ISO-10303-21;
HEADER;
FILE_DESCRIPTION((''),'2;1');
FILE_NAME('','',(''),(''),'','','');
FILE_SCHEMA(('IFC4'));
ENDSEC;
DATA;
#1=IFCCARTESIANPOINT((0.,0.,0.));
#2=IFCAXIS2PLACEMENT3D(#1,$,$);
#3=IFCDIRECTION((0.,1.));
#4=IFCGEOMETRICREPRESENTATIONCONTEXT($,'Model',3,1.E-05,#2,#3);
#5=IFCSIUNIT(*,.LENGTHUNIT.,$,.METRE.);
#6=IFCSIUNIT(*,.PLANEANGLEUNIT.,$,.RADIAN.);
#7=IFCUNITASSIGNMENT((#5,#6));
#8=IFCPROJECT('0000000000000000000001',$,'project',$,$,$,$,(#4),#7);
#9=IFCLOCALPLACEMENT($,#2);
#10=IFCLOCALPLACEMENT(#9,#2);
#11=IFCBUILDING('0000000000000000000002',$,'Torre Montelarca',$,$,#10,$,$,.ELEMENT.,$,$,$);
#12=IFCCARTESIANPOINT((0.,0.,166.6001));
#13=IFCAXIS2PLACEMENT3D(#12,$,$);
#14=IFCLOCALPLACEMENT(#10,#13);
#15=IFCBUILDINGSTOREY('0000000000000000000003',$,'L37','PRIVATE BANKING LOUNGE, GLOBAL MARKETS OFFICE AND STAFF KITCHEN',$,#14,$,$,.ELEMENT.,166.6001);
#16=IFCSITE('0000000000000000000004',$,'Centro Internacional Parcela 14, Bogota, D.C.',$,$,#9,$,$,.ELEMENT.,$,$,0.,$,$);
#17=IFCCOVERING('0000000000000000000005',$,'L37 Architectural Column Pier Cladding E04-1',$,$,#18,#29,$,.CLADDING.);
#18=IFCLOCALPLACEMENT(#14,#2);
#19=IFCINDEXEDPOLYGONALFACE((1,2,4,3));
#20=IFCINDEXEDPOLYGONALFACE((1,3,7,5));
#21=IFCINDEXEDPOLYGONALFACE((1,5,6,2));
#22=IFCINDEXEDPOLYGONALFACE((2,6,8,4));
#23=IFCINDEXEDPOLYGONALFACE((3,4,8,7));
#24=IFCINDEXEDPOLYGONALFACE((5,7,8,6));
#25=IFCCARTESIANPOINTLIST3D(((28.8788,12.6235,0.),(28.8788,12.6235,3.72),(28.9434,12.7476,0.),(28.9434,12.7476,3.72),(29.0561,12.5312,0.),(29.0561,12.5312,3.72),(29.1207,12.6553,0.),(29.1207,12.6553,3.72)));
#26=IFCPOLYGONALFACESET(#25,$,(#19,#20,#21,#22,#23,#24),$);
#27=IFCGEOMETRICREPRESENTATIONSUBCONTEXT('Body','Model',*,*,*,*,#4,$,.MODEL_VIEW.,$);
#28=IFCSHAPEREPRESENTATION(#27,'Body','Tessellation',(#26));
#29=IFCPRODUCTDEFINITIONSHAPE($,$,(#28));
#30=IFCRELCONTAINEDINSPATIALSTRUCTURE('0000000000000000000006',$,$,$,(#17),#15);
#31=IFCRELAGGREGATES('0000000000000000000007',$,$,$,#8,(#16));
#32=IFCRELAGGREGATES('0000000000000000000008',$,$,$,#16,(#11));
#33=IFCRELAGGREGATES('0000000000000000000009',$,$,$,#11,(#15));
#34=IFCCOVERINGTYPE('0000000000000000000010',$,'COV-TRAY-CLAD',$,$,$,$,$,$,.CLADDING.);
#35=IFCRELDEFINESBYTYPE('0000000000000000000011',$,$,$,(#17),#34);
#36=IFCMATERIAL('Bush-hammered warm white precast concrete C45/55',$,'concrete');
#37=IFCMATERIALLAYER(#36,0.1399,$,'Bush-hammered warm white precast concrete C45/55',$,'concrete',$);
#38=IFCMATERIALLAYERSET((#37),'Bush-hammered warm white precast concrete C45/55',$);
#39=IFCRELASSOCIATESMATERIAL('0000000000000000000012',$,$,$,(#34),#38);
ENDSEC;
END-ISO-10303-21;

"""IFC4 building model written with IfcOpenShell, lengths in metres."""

from ifc_helpers import new_model, si_unit, direction, frame, origin, origin_2d, place, context, subcontext, project, spatial, rectangle, extrude, source, transform, mapped, material, layer, layer_set, type_object, element, save


model = new_model("IFC4")

# Units and contexts
model_context = context("Model", 3, precision=1e-05, world=origin(), true_north=direction((0.0, 1.0)))
body_context = subcontext(model_context, "Body", "Model", "MODEL_VIEW")
ifc_project = project(units=[si_unit("LENGTHUNIT", "METRE"), si_unit("PLANEANGLEUNIT", "RADIAN")], contexts=[model_context])

# Site, building, storey
site_placement = place(None, origin())
site = spatial("IfcSite", under=ifc_project, at=site_placement, Name="Centro Internacional Parcela 14, Bogota, D.C.", CompositionType="ELEMENT", RefElevation=0.0)
building_placement = place(site_placement, origin())
building = spatial("IfcBuilding", under=site, at=building_placement, Name="Torre Montelarca", CompositionType="ELEMENT")
storey_placement = place(building_placement, frame((0.0, 0.0, 166.6001)))
storey = spatial("IfcBuildingStorey", under=building, at=storey_placement, Name="L37", Description="PRIVATE BANKING LOUNGE, GLOBAL MARKETS OFFICE AND STAFF KITCHEN", CompositionType="ELEMENT", Elevation=166.6001)

# Covering
ifc_material_1 = material(Name="Bush-hammered warm white precast concrete C45/55", Category="concrete")
ifc_layer_1 = layer(ifc_material_1, 0.1399, Name="Bush-hammered warm white precast concrete C45/55", Category="concrete")
ifc_layer_set_1 = layer_set([ifc_layer_1], Name="Bush-hammered warm white precast concrete C45/55")
covering_type = type_object("IfcCoveringType", Name="COV-TRAY-CLAD", PredefinedType="CLADDING", material=ifc_layer_set_1)
shared_shape_1 = source(origin(), body_context, "Body", "SweptSolid", [
    extrude(rectangle(XDim=0.2, YDim=0.1399, at=origin_2d()), origin(), (0.0, 0.0, 1.0), 3.72),
])
for number, where, z_axis, x_axis, name in (
    (1, (28.9998, 12.6394, 0.0), (0.0, 0.0, 1.0), (0.887012, -0.461747, 0.0), "L37 Architectural Column Pier Cladding E04-1"),
):
    element("IfcCovering", number, at=place(storey_placement, frame(where, z_axis=z_axis, x_axis=x_axis)), inside=storey, type_object=covering_type, Name=name, PredefinedType="CLADDING", context=body_context, shape_type="MappedRepresentation", body=[
        mapped(shared_shape_1, transform((0.0, 0.0, 0.0), scale=1.0)),
    ])

save(model, "model.ifc")
